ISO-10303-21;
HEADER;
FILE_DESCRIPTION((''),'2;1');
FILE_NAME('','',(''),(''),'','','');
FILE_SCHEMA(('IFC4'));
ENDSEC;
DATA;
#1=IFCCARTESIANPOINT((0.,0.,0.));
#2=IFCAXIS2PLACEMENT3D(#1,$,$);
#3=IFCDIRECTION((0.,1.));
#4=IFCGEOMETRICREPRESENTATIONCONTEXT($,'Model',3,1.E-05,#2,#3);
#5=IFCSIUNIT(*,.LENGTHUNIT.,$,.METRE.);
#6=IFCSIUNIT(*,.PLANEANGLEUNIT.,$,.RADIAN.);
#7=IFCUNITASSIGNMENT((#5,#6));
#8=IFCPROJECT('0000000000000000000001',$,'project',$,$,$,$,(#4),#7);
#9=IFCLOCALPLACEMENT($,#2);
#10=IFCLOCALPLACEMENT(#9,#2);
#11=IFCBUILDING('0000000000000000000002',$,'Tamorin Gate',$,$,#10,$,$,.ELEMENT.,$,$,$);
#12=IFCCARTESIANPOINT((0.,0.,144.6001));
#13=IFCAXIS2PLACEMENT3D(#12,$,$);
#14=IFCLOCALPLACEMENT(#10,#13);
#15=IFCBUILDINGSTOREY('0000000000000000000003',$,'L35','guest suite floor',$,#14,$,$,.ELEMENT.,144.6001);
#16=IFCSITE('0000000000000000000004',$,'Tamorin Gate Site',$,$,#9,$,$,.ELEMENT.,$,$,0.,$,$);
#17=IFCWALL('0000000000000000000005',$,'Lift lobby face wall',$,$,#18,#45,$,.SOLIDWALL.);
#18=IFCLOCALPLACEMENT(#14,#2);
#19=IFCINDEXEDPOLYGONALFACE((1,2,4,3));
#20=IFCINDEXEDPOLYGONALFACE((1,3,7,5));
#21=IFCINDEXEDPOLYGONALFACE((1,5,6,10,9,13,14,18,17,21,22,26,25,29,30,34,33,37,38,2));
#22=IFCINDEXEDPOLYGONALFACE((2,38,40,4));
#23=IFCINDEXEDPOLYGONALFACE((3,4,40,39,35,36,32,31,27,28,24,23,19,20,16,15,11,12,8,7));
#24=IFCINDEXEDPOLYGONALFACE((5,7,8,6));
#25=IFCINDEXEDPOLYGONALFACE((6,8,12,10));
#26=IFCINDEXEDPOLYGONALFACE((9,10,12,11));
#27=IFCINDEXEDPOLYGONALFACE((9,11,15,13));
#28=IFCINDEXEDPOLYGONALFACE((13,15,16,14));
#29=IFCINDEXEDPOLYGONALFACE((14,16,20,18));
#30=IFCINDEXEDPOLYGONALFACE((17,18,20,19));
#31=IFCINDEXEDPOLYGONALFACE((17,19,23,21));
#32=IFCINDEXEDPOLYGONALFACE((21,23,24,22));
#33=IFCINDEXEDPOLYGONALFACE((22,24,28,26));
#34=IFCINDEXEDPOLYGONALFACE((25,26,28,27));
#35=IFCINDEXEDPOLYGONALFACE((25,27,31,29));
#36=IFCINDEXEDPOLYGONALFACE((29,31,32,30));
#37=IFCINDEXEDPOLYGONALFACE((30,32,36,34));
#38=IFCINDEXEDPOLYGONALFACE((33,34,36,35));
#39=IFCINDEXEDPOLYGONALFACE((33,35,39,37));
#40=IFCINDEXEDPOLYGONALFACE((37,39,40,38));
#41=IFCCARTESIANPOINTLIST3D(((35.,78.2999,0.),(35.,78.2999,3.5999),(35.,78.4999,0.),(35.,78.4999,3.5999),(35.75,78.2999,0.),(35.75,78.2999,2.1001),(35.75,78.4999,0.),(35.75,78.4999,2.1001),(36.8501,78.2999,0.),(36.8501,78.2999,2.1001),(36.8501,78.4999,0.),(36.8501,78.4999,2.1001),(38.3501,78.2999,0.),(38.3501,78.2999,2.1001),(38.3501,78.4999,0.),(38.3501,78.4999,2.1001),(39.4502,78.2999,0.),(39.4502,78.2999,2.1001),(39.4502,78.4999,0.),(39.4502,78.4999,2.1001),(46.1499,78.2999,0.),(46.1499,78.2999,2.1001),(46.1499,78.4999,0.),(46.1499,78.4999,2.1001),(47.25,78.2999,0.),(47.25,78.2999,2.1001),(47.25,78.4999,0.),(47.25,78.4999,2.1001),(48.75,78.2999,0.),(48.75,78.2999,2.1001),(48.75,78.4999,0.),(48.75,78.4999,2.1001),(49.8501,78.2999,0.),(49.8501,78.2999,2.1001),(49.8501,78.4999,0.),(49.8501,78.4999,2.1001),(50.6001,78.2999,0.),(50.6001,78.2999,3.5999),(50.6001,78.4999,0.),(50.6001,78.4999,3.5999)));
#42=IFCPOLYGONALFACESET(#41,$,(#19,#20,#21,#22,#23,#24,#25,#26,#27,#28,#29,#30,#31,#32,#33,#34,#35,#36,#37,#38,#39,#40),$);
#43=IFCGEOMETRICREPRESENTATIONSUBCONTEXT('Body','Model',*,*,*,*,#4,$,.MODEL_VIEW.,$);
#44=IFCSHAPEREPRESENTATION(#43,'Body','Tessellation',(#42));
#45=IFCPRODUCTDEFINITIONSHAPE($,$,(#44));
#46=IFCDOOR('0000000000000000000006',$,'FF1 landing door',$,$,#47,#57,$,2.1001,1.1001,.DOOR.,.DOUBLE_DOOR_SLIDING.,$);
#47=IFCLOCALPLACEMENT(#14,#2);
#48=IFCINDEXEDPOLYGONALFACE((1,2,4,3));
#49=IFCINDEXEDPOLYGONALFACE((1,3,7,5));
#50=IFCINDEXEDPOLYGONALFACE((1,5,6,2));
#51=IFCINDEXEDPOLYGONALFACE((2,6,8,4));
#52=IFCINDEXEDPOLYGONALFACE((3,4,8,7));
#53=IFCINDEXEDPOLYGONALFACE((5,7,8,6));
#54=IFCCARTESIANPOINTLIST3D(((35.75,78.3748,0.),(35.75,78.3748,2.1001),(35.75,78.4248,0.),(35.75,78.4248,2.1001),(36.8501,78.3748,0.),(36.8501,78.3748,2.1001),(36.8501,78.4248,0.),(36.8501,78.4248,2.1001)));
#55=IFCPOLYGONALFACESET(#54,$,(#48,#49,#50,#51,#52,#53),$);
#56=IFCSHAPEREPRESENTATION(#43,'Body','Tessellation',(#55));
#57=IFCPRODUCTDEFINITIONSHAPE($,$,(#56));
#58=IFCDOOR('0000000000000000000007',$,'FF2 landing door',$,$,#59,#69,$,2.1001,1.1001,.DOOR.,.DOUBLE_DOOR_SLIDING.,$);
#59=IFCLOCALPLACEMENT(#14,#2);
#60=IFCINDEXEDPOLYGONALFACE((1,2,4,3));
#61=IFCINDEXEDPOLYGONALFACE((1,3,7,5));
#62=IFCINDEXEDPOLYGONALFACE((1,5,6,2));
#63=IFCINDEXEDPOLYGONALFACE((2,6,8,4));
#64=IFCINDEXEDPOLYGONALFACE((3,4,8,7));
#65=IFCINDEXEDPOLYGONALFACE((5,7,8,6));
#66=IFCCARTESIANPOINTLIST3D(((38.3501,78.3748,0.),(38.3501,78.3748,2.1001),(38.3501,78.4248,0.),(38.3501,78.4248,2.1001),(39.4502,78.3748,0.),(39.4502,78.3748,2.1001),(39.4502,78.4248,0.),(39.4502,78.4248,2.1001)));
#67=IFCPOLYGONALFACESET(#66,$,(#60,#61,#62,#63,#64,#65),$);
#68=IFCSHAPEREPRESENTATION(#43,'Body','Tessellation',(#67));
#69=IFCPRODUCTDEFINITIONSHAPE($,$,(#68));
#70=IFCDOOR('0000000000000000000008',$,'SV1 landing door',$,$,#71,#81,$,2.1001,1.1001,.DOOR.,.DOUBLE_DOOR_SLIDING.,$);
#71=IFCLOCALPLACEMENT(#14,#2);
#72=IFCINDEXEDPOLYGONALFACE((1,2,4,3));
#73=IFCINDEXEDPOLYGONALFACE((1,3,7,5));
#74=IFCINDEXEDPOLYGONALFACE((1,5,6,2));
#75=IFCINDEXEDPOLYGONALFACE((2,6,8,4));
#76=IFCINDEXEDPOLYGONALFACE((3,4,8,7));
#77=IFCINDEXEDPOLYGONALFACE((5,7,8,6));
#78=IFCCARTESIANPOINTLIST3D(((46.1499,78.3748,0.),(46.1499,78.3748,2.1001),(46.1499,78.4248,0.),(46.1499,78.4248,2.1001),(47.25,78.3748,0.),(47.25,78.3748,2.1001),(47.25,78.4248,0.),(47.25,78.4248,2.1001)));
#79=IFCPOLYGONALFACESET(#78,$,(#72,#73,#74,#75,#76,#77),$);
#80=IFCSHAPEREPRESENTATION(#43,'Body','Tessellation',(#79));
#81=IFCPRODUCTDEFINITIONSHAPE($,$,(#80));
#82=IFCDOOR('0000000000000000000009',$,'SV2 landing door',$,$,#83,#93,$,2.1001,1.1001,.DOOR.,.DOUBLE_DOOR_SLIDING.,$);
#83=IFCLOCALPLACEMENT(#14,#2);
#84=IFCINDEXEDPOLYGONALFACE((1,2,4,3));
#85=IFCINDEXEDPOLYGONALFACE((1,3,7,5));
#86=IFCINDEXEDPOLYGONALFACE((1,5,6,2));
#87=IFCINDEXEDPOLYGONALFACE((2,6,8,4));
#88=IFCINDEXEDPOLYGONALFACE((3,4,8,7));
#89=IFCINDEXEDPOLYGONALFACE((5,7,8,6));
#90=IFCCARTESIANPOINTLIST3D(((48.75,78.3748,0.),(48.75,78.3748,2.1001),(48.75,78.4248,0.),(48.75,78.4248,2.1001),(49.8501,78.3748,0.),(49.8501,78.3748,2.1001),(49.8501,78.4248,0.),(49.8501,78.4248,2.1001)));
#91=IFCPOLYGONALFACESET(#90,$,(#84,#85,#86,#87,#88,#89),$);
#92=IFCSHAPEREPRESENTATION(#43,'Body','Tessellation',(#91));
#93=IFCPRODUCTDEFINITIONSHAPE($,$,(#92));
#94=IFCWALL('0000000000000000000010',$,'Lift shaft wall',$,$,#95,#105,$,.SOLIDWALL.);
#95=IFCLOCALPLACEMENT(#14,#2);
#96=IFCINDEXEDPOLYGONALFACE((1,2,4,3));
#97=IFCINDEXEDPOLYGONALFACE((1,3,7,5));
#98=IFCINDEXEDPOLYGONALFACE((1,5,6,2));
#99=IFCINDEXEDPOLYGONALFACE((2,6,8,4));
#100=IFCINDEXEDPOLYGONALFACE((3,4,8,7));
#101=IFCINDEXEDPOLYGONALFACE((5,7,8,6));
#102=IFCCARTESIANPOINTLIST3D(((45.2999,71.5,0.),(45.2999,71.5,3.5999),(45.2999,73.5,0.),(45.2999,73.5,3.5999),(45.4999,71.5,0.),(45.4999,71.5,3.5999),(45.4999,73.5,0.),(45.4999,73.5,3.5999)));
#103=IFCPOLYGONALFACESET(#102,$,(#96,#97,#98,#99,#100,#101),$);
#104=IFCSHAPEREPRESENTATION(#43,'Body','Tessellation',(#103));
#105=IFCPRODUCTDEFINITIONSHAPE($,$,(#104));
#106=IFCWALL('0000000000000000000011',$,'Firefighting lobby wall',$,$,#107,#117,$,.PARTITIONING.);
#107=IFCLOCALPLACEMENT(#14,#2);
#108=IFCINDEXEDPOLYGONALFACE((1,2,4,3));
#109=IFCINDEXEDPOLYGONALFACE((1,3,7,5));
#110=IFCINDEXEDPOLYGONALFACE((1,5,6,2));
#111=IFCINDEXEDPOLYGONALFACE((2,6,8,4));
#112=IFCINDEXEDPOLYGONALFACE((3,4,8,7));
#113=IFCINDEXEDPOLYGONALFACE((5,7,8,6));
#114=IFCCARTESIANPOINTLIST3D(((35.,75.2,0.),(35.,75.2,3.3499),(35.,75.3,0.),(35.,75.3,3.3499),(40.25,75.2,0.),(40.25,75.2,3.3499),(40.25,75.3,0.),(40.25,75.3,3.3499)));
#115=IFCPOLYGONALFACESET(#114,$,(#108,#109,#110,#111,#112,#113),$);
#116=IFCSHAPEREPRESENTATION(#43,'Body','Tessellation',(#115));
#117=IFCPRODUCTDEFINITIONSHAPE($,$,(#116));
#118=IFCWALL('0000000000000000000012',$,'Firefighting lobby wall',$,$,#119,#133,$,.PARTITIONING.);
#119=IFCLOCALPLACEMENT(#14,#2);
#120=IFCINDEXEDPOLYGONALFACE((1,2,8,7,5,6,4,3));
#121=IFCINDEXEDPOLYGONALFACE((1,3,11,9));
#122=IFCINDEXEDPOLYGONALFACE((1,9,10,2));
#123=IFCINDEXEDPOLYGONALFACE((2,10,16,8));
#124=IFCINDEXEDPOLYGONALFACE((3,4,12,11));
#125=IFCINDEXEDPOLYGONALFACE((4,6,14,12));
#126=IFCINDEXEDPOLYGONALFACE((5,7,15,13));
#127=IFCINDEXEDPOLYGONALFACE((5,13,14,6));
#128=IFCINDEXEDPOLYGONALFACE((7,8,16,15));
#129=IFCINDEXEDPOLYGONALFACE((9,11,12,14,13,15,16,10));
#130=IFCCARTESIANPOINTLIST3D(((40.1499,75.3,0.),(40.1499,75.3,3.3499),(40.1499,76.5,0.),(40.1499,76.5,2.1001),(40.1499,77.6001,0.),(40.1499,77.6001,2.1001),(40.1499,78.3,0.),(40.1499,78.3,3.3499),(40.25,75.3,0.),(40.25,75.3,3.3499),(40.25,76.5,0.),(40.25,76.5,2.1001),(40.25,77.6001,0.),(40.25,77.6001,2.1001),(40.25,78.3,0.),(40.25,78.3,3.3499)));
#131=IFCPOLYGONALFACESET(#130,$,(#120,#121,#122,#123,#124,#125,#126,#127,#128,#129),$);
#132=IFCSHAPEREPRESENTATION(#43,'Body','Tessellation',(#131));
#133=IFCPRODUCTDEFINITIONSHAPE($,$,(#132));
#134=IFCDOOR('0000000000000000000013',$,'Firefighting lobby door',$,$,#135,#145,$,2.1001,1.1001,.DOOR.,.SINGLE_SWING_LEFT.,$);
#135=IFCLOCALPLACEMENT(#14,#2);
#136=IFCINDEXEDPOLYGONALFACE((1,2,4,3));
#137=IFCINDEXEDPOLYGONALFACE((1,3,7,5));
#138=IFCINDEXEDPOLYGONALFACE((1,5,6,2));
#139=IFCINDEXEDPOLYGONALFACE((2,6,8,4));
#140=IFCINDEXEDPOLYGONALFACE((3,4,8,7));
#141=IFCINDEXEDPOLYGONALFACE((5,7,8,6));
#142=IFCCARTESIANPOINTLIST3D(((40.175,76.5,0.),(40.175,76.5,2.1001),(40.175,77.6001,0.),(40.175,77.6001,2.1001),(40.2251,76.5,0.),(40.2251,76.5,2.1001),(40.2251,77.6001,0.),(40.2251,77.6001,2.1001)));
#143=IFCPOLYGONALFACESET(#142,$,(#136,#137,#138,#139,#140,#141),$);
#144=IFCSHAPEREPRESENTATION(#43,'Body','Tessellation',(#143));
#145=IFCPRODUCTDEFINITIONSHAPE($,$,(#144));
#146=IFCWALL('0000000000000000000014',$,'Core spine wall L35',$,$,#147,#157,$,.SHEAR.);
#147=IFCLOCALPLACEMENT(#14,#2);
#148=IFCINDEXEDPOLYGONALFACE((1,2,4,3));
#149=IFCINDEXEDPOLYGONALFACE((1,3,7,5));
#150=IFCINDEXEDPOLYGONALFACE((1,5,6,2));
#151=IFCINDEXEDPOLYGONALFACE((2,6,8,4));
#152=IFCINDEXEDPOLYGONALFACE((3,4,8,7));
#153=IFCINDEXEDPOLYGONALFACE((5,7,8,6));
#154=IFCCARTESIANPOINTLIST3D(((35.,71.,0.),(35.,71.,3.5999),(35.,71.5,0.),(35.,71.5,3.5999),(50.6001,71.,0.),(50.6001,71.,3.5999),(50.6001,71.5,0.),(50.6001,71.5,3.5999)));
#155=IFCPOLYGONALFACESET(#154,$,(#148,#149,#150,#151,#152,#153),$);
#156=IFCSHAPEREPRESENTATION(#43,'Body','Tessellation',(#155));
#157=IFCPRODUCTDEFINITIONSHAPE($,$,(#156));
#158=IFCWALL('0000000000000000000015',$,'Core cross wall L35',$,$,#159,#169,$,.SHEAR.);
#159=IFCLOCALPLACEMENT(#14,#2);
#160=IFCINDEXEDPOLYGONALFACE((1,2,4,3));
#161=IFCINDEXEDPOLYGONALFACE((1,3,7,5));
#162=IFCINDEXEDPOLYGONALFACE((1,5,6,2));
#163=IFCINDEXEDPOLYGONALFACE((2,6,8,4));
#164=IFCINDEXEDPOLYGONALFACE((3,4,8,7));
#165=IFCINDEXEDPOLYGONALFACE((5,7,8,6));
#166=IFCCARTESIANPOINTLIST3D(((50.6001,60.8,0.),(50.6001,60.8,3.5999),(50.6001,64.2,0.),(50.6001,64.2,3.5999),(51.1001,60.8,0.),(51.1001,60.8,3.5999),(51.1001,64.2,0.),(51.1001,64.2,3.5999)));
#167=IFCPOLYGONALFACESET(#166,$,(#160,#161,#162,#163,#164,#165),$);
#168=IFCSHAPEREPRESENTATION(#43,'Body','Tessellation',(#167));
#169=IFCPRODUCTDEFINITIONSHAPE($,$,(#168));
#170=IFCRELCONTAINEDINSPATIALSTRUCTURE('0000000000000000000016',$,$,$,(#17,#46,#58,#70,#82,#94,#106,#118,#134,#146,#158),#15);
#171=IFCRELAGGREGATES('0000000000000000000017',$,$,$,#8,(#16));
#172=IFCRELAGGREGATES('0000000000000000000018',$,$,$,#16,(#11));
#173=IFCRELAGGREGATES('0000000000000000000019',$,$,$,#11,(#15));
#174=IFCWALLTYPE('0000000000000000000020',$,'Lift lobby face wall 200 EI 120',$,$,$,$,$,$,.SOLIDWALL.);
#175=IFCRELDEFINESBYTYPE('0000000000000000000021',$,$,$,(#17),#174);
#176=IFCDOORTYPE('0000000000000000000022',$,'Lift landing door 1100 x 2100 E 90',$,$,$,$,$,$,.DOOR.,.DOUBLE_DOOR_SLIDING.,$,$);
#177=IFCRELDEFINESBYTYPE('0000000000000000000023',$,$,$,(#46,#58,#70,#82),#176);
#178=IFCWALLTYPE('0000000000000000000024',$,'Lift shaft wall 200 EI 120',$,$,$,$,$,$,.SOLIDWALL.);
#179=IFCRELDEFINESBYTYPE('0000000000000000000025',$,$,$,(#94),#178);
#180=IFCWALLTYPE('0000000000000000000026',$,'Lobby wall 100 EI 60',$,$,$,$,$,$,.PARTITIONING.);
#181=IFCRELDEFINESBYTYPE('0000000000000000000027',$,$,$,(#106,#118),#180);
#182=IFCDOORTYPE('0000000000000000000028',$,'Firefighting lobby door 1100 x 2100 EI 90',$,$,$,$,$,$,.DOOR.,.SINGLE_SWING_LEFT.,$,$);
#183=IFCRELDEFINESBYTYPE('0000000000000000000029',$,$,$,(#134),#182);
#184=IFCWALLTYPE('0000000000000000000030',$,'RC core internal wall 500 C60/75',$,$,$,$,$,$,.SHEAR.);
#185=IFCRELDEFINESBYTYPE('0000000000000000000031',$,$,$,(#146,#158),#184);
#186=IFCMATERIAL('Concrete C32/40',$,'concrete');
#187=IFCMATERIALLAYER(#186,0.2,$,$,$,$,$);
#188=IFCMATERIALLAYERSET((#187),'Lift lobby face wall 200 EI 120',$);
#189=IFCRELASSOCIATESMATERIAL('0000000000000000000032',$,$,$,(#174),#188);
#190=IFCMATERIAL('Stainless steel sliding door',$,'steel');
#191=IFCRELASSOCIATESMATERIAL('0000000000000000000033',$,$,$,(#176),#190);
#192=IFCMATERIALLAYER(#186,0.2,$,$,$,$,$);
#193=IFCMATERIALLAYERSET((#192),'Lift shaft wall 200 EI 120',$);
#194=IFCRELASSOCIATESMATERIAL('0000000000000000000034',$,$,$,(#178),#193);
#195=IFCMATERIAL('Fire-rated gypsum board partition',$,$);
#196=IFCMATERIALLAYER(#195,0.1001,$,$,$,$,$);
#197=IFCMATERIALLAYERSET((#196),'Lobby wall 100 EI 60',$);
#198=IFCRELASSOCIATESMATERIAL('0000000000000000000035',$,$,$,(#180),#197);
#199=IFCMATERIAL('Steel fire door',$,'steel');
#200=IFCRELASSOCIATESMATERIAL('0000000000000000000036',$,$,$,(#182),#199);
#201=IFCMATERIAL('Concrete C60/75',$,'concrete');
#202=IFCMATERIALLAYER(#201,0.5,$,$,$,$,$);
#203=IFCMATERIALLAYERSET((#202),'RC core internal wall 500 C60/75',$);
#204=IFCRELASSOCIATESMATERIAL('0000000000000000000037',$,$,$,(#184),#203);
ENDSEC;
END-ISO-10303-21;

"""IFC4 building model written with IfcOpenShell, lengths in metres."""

from ifc_helpers import new_model, si_unit, direction, frame, frame_2d, origin, place, context, subcontext, project, spatial, rectangle, extrude, material, layer, layer_set, type_object, element, fill, save


model = new_model("IFC4")

# Units and contexts
model_context = context("Model", 3, precision=1e-05, world=origin(), true_north=direction((0.0, 1.0)))
body_context = subcontext(model_context, "Body", "Model", "MODEL_VIEW")
ifc_project = project(units=[si_unit("LENGTHUNIT", "METRE"), si_unit("PLANEANGLEUNIT", "RADIAN")], contexts=[model_context])

# Site, building, storey
site_placement = place(None, origin())
site = spatial("IfcSite", under=ifc_project, at=site_placement, Name="Tamorin Gate Site", CompositionType="ELEMENT", RefElevation=0.0)
building_placement = place(site_placement, origin())
building = spatial("IfcBuilding", under=site, at=building_placement, Name="Tamorin Gate", CompositionType="ELEMENT")
storey_placement = place(building_placement, frame((0.0, 0.0, 144.6001)))
storey = spatial("IfcBuildingStorey", under=building, at=storey_placement, Name="L35", Description="guest suite floor", CompositionType="ELEMENT", Elevation=144.6001)

# Wall, openings, doors
ifc_material_1 = material(Name="Concrete C32/40", Category="concrete")
ifc_layer_1 = layer(ifc_material_1, 0.2)
ifc_layer_set_1 = layer_set([ifc_layer_1], Name="Lift lobby face wall 200 EI 120")
wall_type_1 = type_object("IfcWallType", Name="Lift lobby face wall 200 EI 120", PredefinedType="SOLIDWALL", material=ifc_layer_set_1)
ifc_material_2 = material(Name="Stainless steel sliding door", Category="steel")
door_type_1 = type_object("IfcDoorType", Name="Lift landing door 1100 x 2100 E 90", OperationType="DOUBLE_DOOR_SLIDING", PredefinedType="DOOR", material=ifc_material_2)
wall_1_placement = place(storey_placement, frame((35.0, 78.3999, 0.0), z_axis=(0.0, 0.0, 1.0), x_axis=(1.0, 0.0, 0.0)))
wall_1 = element("IfcWall", 1, at=wall_1_placement, inside=storey, type_object=wall_type_1, Name="Lift lobby face wall", PredefinedType="SOLIDWALL", context=body_context, shape_type="SweptSolid", body=[
    extrude(rectangle(XDim=15.6001, YDim=0.2, at=frame_2d((7.8, 0.0))), origin(), (0.0, 0.0, 1.0), 3.5999),
])
opening_1_placement = place(wall_1_placement, frame((0.75, 0.0, 0.0)))
opening_1 = element("IfcOpeningElement", 2, at=opening_1_placement, cuts=wall_1, PredefinedType="OPENING", context=body_context, shape_type="SweptSolid", body=[
    extrude(rectangle(XDim=1.1001, YDim=2.1001, at=frame_2d((0.55, 1.05))), frame((0.0, 0.1099, 0.0), z_axis=(0.0, -1.0, 0.0), x_axis=(1.0, 0.0, 0.0)), (0.0, 0.0, 1.0), 0.22),
])
opening_2_placement = place(wall_1_placement, frame((3.3501, 0.0, 0.0)))
opening_2 = element("IfcOpeningElement", 3, at=opening_2_placement, cuts=wall_1, PredefinedType="OPENING", context=body_context, shape_type="SweptSolid", body=[
    extrude(rectangle(XDim=1.1001, YDim=2.1001, at=frame_2d((0.55, 1.05))), frame((0.0, 0.1099, 0.0), z_axis=(0.0, -1.0, 0.0), x_axis=(1.0, 0.0, 0.0)), (0.0, 0.0, 1.0), 0.22),
])
opening_3_placement = place(wall_1_placement, frame((11.1499, 0.0, 0.0)))
opening_3 = element("IfcOpeningElement", 4, at=opening_3_placement, cuts=wall_1, PredefinedType="OPENING", context=body_context, shape_type="SweptSolid", body=[
    extrude(rectangle(XDim=1.1001, YDim=2.1001, at=frame_2d((0.55, 1.05))), frame((0.0, 0.1099, 0.0), z_axis=(0.0, -1.0, 0.0), x_axis=(1.0, 0.0, 0.0)), (0.0, 0.0, 1.0), 0.22),
])
opening_4_placement = place(wall_1_placement, frame((13.75, 0.0, 0.0)))
opening_4 = element("IfcOpeningElement", 5, at=opening_4_placement, cuts=wall_1, PredefinedType="OPENING", context=body_context, shape_type="SweptSolid", body=[
    extrude(rectangle(XDim=1.1001, YDim=2.1001, at=frame_2d((0.55, 1.05))), frame((0.0, 0.1099, 0.0), z_axis=(0.0, -1.0, 0.0), x_axis=(1.0, 0.0, 0.0)), (0.0, 0.0, 1.0), 0.22),
])
door_1_placement = place(opening_1_placement, origin())
door_1 = element("IfcDoor", 6, at=door_1_placement, inside=storey, type_object=door_type_1, Name="FF1 landing door", OperationType="DOUBLE_DOOR_SLIDING", OverallHeight=2.1001, OverallWidth=1.1001, PredefinedType="DOOR", context=body_context, shape_type="SweptSolid", body=[
    extrude(rectangle(XDim=1.1001, YDim=2.1001, at=frame_2d((0.55, 1.05))), frame((0.0, 0.0249, 0.0), z_axis=(0.0, -1.0, 0.0), x_axis=(1.0, 0.0, 0.0)), (0.0, 0.0, 1.0), 0.05),
])
fill(opening_1, door_1)
door_2_placement = place(opening_2_placement, origin())
door_2 = element("IfcDoor", 7, at=door_2_placement, inside=storey, type_object=door_type_1, Name="FF2 landing door", OperationType="DOUBLE_DOOR_SLIDING", OverallHeight=2.1001, OverallWidth=1.1001, PredefinedType="DOOR", context=body_context, shape_type="SweptSolid", body=[
    extrude(rectangle(XDim=1.1001, YDim=2.1001, at=frame_2d((0.55, 1.05))), frame((0.0, 0.0249, 0.0), z_axis=(0.0, -1.0, 0.0), x_axis=(1.0, 0.0, 0.0)), (0.0, 0.0, 1.0), 0.05),
])
fill(opening_2, door_2)
door_3_placement = place(opening_3_placement, origin())
door_3 = element("IfcDoor", 8, at=door_3_placement, inside=storey, type_object=door_type_1, Name="SV1 landing door", OperationType="DOUBLE_DOOR_SLIDING", OverallHeight=2.1001, OverallWidth=1.1001, PredefinedType="DOOR", context=body_context, shape_type="SweptSolid", body=[
    extrude(rectangle(XDim=1.1001, YDim=2.1001, at=frame_2d((0.55, 1.05))), frame((0.0, 0.0249, 0.0), z_axis=(0.0, -1.0, 0.0), x_axis=(1.0, 0.0, 0.0)), (0.0, 0.0, 1.0), 0.05),
])
fill(opening_3, door_3)
door_4_placement = place(opening_4_placement, origin())
door_4 = element("IfcDoor", 9, at=door_4_placement, inside=storey, type_object=door_type_1, Name="SV2 landing door", OperationType="DOUBLE_DOOR_SLIDING", OverallHeight=2.1001, OverallWidth=1.1001, PredefinedType="DOOR", context=body_context, shape_type="SweptSolid", body=[
    extrude(rectangle(XDim=1.1001, YDim=2.1001, at=frame_2d((0.55, 1.05))), frame((0.0, 0.0249, 0.0), z_axis=(0.0, -1.0, 0.0), x_axis=(1.0, 0.0, 0.0)), (0.0, 0.0, 1.0), 0.05),
])
fill(opening_4, door_4)

# Walls
ifc_layer_2 = layer(ifc_material_1, 0.2)
ifc_layer_set_2 = layer_set([ifc_layer_2], Name="Lift shaft wall 200 EI 120")
wall_type_2 = type_object("IfcWallType", Name="Lift shaft wall 200 EI 120", PredefinedType="SOLIDWALL", material=ifc_layer_set_2)
wall_2_placement = place(storey_placement, frame((45.3999, 71.5, 0.0), z_axis=(0.0, 0.0, 1.0), x_axis=(0.0, 1.0, 0.0)))
element("IfcWall", 10, at=wall_2_placement, inside=storey, type_object=wall_type_2, Name="Lift shaft wall", PredefinedType="SOLIDWALL", context=body_context, shape_type="SweptSolid", body=[
    extrude(rectangle(XDim=2.0, YDim=0.2, at=frame_2d((1.0, 0.0))), origin(), (0.0, 0.0, 1.0), 3.5999),
])
ifc_material_3 = material(Name="Fire-rated gypsum board partition")
ifc_layer_3 = layer(ifc_material_3, 0.1001)
ifc_layer_set_3 = layer_set([ifc_layer_3], Name="Lobby wall 100 EI 60")
wall_type_3 = type_object("IfcWallType", Name="Lobby wall 100 EI 60", PredefinedType="PARTITIONING", material=ifc_layer_set_3)
wall_3_placement = place(storey_placement, frame((35.0, 75.25, 0.0), z_axis=(0.0, 0.0, 1.0), x_axis=(1.0, 0.0, 0.0)))
element("IfcWall", 11, at=wall_3_placement, inside=storey, type_object=wall_type_3, Name="Firefighting lobby wall", PredefinedType="PARTITIONING", context=body_context, shape_type="SweptSolid", body=[
    extrude(rectangle(XDim=5.25, YDim=0.1001, at=frame_2d((2.625, 0.0))), origin(), (0.0, 0.0, 1.0), 3.3499),
])

# Wall, opening, door
wall_4_placement = place(storey_placement, frame((40.2, 75.3, 0.0), z_axis=(0.0, 0.0, 1.0), x_axis=(0.0, 1.0, 0.0)))
wall_4 = element("IfcWall", 12, at=wall_4_placement, inside=storey, type_object=wall_type_3, Name="Firefighting lobby wall", PredefinedType="PARTITIONING", context=body_context, shape_type="SweptSolid", body=[
    extrude(rectangle(XDim=3.0, YDim=0.1001, at=frame_2d((1.5, 0.0))), origin(), (0.0, 0.0, 1.0), 3.3499),
])
opening_5_placement = place(wall_4_placement, frame((1.2, 0.0, 0.0)))
opening_5 = element("IfcOpeningElement", 13, at=opening_5_placement, cuts=wall_4, PredefinedType="OPENING", context=body_context, shape_type="SweptSolid", body=[
    extrude(rectangle(XDim=1.1001, YDim=2.1001, at=frame_2d((0.55, 1.05))), frame((0.0, 0.0601, 0.0), z_axis=(0.0, -1.0, 0.0), x_axis=(1.0, 0.0, 0.0)), (0.0, 0.0, 1.0), 0.1201),
])
ifc_material_4 = material(Name="Steel fire door", Category="steel")
door_type_2 = type_object("IfcDoorType", Name="Firefighting lobby door 1100 x 2100 EI 90", OperationType="SINGLE_SWING_LEFT", PredefinedType="DOOR", material=ifc_material_4)
door_5_placement = place(opening_5_placement, origin())
door_5 = element("IfcDoor", 14, at=door_5_placement, inside=storey, type_object=door_type_2, Name="Firefighting lobby door", OperationType="SINGLE_SWING_LEFT", OverallHeight=2.1001, OverallWidth=1.1001, PredefinedType="DOOR", context=body_context, shape_type="SweptSolid", body=[
    extrude(rectangle(XDim=1.1001, YDim=2.1001, at=frame_2d((0.55, 1.05))), frame((0.0, 0.0249, 0.0), z_axis=(0.0, -1.0, 0.0), x_axis=(1.0, 0.0, 0.0)), (0.0, 0.0, 1.0), 0.05),
])
fill(opening_5, door_5)

# Walls
ifc_material_5 = material(Name="Concrete C60/75", Category="concrete")
ifc_layer_4 = layer(ifc_material_5, 0.5)
ifc_layer_set_4 = layer_set([ifc_layer_4], Name="RC core internal wall 500 C60/75")
wall_type_4 = type_object("IfcWallType", Name="RC core internal wall 500 C60/75", PredefinedType="SHEAR", material=ifc_layer_set_4)
wall_5_placement = place(storey_placement, frame((35.0, 71.25, 0.0), z_axis=(0.0, 0.0, 1.0), x_axis=(1.0, 0.0, 0.0)))
element("IfcWall", 15, at=wall_5_placement, inside=storey, type_object=wall_type_4, Name="Core spine wall L35", PredefinedType="SHEAR", context=body_context, shape_type="SweptSolid", body=[
    extrude(rectangle(XDim=15.6001, YDim=0.5, at=frame_2d((7.8, 0.0))), origin(), (0.0, 0.0, 1.0), 3.5999),
])
wall_6_placement = place(storey_placement, frame((50.8501, 60.8, 0.0), z_axis=(0.0, 0.0, 1.0), x_axis=(0.0, 1.0, 0.0)))
element("IfcWall", 16, at=wall_6_placement, inside=storey, type_object=wall_type_4, Name="Core cross wall L35", PredefinedType="SHEAR", context=body_context, shape_type="SweptSolid", body=[
    extrude(rectangle(XDim=3.3999, YDim=0.5, at=frame_2d((1.7, 0.0))), origin(), (0.0, 0.0, 1.0), 3.5999),
])

save(model, "model.ifc")
